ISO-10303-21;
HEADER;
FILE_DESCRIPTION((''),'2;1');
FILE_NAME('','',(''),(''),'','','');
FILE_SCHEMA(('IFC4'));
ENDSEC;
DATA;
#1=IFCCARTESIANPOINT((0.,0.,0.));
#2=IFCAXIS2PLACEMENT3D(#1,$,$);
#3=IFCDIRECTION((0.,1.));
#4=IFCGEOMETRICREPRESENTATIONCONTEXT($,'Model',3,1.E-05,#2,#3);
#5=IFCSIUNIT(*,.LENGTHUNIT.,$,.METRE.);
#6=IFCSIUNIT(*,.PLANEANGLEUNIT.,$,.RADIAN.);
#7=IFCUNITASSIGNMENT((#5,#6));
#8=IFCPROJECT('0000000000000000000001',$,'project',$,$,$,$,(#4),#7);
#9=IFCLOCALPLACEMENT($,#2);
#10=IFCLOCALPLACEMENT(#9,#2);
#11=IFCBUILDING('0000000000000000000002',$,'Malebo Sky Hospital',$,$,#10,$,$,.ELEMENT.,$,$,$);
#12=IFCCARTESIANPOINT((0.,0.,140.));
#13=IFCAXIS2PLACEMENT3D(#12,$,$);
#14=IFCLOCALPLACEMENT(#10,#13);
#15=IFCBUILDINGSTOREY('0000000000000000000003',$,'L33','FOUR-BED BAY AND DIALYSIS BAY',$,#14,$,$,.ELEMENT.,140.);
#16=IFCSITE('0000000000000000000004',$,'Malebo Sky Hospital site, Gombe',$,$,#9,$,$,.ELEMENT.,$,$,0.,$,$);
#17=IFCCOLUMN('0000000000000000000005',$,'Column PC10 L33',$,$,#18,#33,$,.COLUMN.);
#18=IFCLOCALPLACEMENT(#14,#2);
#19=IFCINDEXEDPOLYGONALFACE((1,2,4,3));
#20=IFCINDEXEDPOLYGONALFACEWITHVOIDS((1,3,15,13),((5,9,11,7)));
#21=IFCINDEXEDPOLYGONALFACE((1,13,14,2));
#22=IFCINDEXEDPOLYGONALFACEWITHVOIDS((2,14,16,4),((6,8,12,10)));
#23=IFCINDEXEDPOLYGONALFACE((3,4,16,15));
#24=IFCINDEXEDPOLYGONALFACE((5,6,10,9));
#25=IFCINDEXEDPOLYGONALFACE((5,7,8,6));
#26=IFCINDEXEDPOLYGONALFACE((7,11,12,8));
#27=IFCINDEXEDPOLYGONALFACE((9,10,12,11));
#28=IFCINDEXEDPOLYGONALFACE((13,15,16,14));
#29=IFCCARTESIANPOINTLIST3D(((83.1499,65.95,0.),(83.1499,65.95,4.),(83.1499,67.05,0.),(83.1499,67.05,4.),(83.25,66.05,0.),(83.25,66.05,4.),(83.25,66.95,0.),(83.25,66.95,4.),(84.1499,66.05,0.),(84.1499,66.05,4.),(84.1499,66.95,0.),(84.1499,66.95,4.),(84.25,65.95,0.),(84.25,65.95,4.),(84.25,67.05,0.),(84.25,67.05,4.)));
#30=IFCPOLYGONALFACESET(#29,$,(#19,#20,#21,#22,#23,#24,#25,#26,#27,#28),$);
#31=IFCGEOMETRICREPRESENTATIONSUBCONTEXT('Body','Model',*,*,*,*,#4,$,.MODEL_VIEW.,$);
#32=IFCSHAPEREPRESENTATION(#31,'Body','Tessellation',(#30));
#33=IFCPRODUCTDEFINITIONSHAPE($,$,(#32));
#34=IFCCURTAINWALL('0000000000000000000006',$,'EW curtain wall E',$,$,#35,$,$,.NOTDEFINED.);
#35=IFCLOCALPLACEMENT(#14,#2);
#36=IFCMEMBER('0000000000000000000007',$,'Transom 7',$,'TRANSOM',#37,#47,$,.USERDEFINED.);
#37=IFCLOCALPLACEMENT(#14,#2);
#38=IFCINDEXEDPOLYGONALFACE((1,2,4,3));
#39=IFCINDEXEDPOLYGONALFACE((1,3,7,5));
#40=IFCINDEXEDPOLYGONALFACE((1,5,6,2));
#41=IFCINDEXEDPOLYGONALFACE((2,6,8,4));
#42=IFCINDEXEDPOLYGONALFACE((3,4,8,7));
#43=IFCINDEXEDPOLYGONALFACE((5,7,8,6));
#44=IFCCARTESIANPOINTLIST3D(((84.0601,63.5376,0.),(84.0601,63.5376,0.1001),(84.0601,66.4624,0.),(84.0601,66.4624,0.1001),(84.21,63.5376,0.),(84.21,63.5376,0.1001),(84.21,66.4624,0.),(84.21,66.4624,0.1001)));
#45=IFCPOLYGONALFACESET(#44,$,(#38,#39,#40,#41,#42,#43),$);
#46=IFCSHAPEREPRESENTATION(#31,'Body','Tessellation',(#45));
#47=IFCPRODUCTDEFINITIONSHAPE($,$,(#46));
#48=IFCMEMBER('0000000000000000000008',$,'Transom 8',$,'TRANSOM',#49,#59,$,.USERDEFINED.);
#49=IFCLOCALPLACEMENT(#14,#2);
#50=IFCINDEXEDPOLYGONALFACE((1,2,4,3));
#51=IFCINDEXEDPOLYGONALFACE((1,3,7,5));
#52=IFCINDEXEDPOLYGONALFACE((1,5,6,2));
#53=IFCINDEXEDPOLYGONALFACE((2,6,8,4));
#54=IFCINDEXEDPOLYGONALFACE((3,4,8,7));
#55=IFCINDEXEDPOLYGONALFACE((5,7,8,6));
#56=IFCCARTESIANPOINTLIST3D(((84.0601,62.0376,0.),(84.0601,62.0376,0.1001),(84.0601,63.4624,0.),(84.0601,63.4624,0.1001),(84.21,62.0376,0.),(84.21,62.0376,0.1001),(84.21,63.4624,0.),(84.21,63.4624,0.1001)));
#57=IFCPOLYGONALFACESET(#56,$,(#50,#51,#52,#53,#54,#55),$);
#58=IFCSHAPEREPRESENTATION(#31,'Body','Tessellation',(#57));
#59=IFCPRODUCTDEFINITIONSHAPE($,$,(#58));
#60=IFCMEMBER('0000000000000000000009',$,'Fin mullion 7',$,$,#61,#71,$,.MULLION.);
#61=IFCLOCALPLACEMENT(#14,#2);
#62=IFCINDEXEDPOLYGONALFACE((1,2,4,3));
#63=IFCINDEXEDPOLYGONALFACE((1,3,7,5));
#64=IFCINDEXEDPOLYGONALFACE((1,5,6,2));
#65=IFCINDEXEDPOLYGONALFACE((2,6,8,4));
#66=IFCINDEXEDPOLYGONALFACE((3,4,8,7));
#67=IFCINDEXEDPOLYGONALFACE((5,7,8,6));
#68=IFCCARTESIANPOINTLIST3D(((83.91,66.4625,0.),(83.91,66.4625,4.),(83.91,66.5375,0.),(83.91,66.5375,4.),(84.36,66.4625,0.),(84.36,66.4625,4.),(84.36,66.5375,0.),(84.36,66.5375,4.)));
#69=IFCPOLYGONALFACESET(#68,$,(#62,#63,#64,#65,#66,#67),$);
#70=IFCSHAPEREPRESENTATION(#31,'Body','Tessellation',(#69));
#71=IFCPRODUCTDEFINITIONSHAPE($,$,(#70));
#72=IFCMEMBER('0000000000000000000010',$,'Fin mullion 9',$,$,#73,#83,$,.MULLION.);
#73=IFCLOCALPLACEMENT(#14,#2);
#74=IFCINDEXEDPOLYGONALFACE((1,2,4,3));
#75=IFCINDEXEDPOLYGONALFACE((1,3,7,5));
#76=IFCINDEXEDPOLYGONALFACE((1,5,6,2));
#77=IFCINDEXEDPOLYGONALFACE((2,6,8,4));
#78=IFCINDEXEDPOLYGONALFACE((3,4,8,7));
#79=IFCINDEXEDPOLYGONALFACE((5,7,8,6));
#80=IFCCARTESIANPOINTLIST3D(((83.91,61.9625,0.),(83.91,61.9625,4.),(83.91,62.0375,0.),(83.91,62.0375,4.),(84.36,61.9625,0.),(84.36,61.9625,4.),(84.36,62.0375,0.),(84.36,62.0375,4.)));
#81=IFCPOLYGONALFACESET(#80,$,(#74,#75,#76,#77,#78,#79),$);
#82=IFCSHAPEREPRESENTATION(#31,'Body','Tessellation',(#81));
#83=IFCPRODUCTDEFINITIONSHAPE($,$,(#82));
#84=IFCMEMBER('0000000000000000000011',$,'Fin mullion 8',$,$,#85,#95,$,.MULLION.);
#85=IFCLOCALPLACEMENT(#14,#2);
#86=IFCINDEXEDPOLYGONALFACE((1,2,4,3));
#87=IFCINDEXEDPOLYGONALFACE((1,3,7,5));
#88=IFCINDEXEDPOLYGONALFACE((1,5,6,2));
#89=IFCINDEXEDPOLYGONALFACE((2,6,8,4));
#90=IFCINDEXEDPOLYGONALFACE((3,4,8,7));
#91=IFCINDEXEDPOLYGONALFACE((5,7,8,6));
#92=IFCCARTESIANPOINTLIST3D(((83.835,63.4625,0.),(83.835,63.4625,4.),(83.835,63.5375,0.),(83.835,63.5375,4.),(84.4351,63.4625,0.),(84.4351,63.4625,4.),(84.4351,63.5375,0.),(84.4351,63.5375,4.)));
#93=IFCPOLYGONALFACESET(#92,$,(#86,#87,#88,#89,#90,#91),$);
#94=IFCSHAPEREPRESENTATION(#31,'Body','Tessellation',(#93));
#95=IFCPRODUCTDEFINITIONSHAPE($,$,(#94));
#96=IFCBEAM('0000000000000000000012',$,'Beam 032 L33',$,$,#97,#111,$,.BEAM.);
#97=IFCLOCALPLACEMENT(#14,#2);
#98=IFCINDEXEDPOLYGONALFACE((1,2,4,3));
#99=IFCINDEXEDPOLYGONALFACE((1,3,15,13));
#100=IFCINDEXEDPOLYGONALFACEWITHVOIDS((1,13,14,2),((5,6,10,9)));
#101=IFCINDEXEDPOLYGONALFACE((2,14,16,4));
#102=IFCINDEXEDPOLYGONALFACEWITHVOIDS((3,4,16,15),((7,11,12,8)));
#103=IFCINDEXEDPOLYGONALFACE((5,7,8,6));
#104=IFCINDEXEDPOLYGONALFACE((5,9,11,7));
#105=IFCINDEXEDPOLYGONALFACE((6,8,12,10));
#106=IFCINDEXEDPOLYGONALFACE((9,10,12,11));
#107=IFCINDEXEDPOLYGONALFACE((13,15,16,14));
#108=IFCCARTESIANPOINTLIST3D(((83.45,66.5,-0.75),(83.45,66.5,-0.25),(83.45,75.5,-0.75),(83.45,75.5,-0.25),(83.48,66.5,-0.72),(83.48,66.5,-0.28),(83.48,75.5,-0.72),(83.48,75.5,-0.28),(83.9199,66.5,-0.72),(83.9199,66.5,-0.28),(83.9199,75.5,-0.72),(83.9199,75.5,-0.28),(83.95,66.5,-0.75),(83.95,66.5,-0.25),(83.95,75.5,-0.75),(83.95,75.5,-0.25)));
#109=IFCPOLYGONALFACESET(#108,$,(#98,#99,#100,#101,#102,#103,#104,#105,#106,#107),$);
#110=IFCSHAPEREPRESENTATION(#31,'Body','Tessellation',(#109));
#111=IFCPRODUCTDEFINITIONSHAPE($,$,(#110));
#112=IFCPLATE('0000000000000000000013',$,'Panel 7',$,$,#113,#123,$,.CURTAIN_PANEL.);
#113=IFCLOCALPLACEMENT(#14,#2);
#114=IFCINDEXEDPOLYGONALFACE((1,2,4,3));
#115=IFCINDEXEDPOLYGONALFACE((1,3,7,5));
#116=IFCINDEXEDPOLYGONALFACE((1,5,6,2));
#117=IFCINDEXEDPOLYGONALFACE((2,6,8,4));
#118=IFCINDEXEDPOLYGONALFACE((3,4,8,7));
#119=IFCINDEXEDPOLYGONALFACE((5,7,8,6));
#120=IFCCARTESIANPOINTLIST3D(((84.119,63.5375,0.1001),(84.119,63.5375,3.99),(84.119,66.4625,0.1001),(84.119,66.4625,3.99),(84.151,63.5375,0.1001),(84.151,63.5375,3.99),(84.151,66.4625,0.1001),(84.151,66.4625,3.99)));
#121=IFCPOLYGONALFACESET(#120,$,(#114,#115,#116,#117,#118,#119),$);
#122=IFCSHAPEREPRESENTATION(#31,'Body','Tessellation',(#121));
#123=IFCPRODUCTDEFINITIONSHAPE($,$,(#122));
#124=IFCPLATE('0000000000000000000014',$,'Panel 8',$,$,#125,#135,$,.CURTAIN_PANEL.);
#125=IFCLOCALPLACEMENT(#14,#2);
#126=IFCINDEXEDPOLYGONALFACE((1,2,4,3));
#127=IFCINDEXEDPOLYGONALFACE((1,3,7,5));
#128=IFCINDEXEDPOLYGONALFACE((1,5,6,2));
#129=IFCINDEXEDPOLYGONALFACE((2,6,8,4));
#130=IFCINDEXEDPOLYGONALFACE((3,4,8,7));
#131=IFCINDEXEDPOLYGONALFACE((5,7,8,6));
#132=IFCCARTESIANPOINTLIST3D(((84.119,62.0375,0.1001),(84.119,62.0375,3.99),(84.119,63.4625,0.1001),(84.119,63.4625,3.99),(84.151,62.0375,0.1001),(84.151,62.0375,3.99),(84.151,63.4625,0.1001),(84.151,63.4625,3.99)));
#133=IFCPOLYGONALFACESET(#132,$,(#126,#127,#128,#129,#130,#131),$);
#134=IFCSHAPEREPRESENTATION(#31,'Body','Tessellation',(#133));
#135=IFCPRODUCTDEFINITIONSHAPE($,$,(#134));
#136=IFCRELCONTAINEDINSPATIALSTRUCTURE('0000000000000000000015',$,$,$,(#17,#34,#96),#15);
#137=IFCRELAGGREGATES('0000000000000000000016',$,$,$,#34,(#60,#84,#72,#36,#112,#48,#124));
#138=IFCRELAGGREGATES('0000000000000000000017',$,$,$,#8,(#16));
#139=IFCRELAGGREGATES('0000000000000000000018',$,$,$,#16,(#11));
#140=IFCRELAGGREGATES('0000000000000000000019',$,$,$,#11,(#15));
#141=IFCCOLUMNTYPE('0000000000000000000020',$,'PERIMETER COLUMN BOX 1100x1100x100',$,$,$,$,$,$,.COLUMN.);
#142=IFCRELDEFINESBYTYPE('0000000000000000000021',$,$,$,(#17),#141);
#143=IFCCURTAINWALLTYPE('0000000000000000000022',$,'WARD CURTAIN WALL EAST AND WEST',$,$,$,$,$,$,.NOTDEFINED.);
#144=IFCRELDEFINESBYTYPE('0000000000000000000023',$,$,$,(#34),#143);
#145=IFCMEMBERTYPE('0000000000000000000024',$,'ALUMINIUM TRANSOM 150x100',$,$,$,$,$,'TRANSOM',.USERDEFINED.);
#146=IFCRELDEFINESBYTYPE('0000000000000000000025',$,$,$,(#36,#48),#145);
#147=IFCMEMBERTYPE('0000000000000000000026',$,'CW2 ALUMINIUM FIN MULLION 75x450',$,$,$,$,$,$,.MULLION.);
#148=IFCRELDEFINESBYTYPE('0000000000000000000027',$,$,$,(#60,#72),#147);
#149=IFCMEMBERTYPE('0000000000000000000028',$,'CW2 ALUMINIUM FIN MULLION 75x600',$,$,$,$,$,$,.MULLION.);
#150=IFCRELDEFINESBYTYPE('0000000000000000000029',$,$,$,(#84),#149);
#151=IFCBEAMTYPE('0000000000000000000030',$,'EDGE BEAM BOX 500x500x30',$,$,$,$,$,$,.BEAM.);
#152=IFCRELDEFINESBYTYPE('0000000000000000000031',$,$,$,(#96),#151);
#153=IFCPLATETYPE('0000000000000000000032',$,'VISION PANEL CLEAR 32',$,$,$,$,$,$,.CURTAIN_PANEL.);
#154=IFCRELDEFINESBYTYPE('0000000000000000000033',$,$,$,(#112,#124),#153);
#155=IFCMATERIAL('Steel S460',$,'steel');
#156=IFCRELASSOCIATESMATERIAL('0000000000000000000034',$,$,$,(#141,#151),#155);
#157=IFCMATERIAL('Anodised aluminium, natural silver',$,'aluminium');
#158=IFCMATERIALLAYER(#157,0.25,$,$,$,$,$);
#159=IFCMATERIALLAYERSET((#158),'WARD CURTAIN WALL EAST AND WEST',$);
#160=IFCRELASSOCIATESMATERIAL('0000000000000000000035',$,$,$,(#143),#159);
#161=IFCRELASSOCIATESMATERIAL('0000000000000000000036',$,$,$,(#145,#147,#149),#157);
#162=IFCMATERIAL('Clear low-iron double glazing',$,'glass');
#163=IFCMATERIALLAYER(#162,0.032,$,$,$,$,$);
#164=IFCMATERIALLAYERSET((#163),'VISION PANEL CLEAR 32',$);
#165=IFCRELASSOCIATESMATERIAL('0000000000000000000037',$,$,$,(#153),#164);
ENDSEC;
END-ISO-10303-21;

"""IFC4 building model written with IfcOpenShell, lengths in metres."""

from ifc_helpers import new_model, si_unit, direction, frame, origin, origin_2d, place, context, subcontext, project, spatial, rectangle, hollow_rectangle, extrude, material, layer, layer_set, material_profile, profile_set, type_object, element, aggregate, save


model = new_model("IFC4")

# Units and contexts
model_context = context("Model", 3, precision=1e-05, world=origin(), true_north=direction((0.0, 1.0)))
body_context = subcontext(model_context, "Body", "Model", "MODEL_VIEW")
ifc_project = project(units=[si_unit("LENGTHUNIT", "METRE"), si_unit("PLANEANGLEUNIT", "RADIAN")], contexts=[model_context])

# Site, building, storey
site_placement = place(None, origin())
site = spatial("IfcSite", under=ifc_project, at=site_placement, Name="Malebo Sky Hospital site, Gombe", CompositionType="ELEMENT", RefElevation=0.0)
building_placement = place(site_placement, origin())
building = spatial("IfcBuilding", under=site, at=building_placement, Name="Malebo Sky Hospital", CompositionType="ELEMENT")
storey_placement = place(building_placement, frame((0.0, 0.0, 140.0)))
storey = spatial("IfcBuildingStorey", under=building, at=storey_placement, Name="L33", Description="FOUR-BED BAY AND DIALYSIS BAY", CompositionType="ELEMENT", Elevation=140.0)

# Column
ifc_material_1 = material(Name="Steel S460", Category="steel")
ifc_material_profile_1 = material_profile(ifc_material_1, hollow_rectangle(XDim=1.1001, YDim=1.1001, WallThickness=0.1001, at=origin_2d()), Name="BOX 1100x1100x100")
ifc_profile_set_1 = profile_set([ifc_material_profile_1], Name="Steel S460")
column_type = type_object("IfcColumnType", Name="PERIMETER COLUMN BOX 1100x1100x100", PredefinedType="COLUMN", material=ifc_profile_set_1)
column_placement = place(storey_placement, frame((83.7, 66.5, 0.0), z_axis=(0.0, 0.0, 1.0), x_axis=(1.0, 0.0, 0.0)))
element("IfcColumn", 1, at=column_placement, inside=storey, type_object=column_type, Name="Column PC10 L33", PredefinedType="COLUMN", context=body_context, shape_type="SweptSolid", body=[
    extrude(hollow_rectangle(XDim=1.1001, YDim=1.1001, WallThickness=0.1001, at=origin_2d()), origin(), (0.0, 0.0, 1.0), 4.0),
])

# Curtain wall, members
ifc_material_2 = material(Name="Anodised aluminium, natural silver", Category="aluminium")
ifc_layer_1 = layer(ifc_material_2, 0.25)
ifc_layer_set_1 = layer_set([ifc_layer_1], Name="WARD CURTAIN WALL EAST AND WEST")
curtain_wall_type = type_object("IfcCurtainWallType", Name="WARD CURTAIN WALL EAST AND WEST", PredefinedType="NOTDEFINED", material=ifc_layer_set_1)
curtain_wall_placement = place(storey_placement, origin())
curtain_wall = element("IfcCurtainWall", 2, at=curtain_wall_placement, inside=storey, type_object=curtain_wall_type, Name="EW curtain wall E", PredefinedType="NOTDEFINED")
ifc_material_profile_2 = material_profile(ifc_material_2, rectangle(XDim=0.1499, YDim=0.1001, at=origin_2d()), Name="ALUMINIUM TRANSOM 150x100")
ifc_profile_set_2 = profile_set([ifc_material_profile_2], Name="Anodised aluminium, natural silver")
member_type_1 = type_object("IfcMemberType", Name="ALUMINIUM TRANSOM 150x100", ElementType="TRANSOM", PredefinedType="USERDEFINED", material=ifc_profile_set_2)
member_1_placement = place(storey_placement, frame((84.135, 66.4624, 0.05), z_axis=(0.0, -1.0, 0.0), x_axis=(1.0, 0.0, 0.0)))
member_1 = element("IfcMember", 3, at=member_1_placement, type_object=member_type_1, Name="Transom 7", ObjectType="TRANSOM", PredefinedType="USERDEFINED", context=body_context, shape_type="SweptSolid", body=[
    extrude(rectangle(XDim=0.1499, YDim=0.1001, at=origin_2d()), origin(), (0.0, 0.0, 1.0), 2.9248),
])
member_2_placement = place(storey_placement, frame((84.135, 63.4624, 0.05), z_axis=(0.0, -1.0, 0.0), x_axis=(1.0, 0.0, 0.0)))
member_2 = element("IfcMember", 4, at=member_2_placement, type_object=member_type_1, Name="Transom 8", ObjectType="TRANSOM", PredefinedType="USERDEFINED", context=body_context, shape_type="SweptSolid", body=[
    extrude(rectangle(XDim=0.1499, YDim=0.1001, at=origin_2d()), origin(), (0.0, 0.0, 1.0), 1.4248),
])
ifc_material_profile_3 = material_profile(ifc_material_2, rectangle(XDim=0.075, YDim=0.45, at=origin_2d()), Name="CW2 ALUMINIUM FIN MULLION 75x450")
ifc_profile_set_3 = profile_set([ifc_material_profile_3], Name="Anodised aluminium, natural silver")
member_type_2 = type_object("IfcMemberType", Name="CW2 ALUMINIUM FIN MULLION 75x450", PredefinedType="MULLION", material=ifc_profile_set_3)
member_3_placement = place(storey_placement, frame((84.135, 66.5, 0.0), z_axis=(0.0, 0.0, 1.0), x_axis=(0.0, -1.0, 0.0)))
member_3 = element("IfcMember", 5, at=member_3_placement, type_object=member_type_2, Name="Fin mullion 7", PredefinedType="MULLION", context=body_context, shape_type="SweptSolid", body=[
    extrude(rectangle(XDim=0.075, YDim=0.45, at=origin_2d()), origin(), (0.0, 0.0, 1.0), 4.0),
])
member_4_placement = place(storey_placement, frame((84.135, 62.0, 0.0), z_axis=(0.0, 0.0, 1.0), x_axis=(0.0, -1.0, 0.0)))
member_4 = element("IfcMember", 6, at=member_4_placement, type_object=member_type_2, Name="Fin mullion 9", PredefinedType="MULLION", context=body_context, shape_type="SweptSolid", body=[
    extrude(rectangle(XDim=0.075, YDim=0.45, at=origin_2d()), origin(), (0.0, 0.0, 1.0), 4.0),
])
ifc_material_profile_4 = material_profile(ifc_material_2, rectangle(XDim=0.075, YDim=0.6001, at=origin_2d()), Name="CW2 ALUMINIUM FIN MULLION 75x600")
ifc_profile_set_4 = profile_set([ifc_material_profile_4], Name="Anodised aluminium, natural silver")
member_type_3 = type_object("IfcMemberType", Name="CW2 ALUMINIUM FIN MULLION 75x600", PredefinedType="MULLION", material=ifc_profile_set_4)
member_5_placement = place(storey_placement, frame((84.135, 63.5, 0.0), z_axis=(0.0, 0.0, 1.0), x_axis=(0.0, -1.0, 0.0)))
member_5 = element("IfcMember", 7, at=member_5_placement, type_object=member_type_3, Name="Fin mullion 8", PredefinedType="MULLION", context=body_context, shape_type="SweptSolid", body=[
    extrude(rectangle(XDim=0.075, YDim=0.6001, at=origin_2d()), origin(), (0.0, 0.0, 1.0), 4.0),
])

# Beam
ifc_material_profile_5 = material_profile(ifc_material_1, hollow_rectangle(XDim=0.5, YDim=0.5, WallThickness=0.03, at=origin_2d()), Name="BOX 500x500x30")
ifc_profile_set_5 = profile_set([ifc_material_profile_5], Name="Steel S460")
beam_type = type_object("IfcBeamType", Name="EDGE BEAM BOX 500x500x30", PredefinedType="BEAM", material=ifc_profile_set_5)
beam_placement = place(storey_placement, frame((83.7, 66.5, -0.5), z_axis=(0.0, 1.0, 0.0), x_axis=(-1.0, 0.0, 0.0)))
element("IfcBeam", 8, at=beam_placement, inside=storey, type_object=beam_type, Name="Beam 032 L33", PredefinedType="BEAM", context=body_context, shape_type="SweptSolid", body=[
    extrude(hollow_rectangle(XDim=0.5, YDim=0.5, WallThickness=0.03, at=origin_2d()), origin(), (0.0, 0.0, 1.0), 9.0),
])

# Plates
ifc_material_3 = material(Name="Clear low-iron double glazing", Category="glass")
ifc_layer_2 = layer(ifc_material_3, 0.032)
ifc_layer_set_2 = layer_set([ifc_layer_2], Name="VISION PANEL CLEAR 32")
plate_type = type_object("IfcPlateType", Name="VISION PANEL CLEAR 32", PredefinedType="CURTAIN_PANEL", material=ifc_layer_set_2)
plate_1_placement = place(storey_placement, frame((84.135, 65.0, 0.1001), z_axis=(0.0, 0.0, 1.0), x_axis=(0.0, -1.0, 0.0)))
plate_1 = element("IfcPlate", 9, at=plate_1_placement, type_object=plate_type, Name="Panel 7", PredefinedType="CURTAIN_PANEL", context=body_context, shape_type="SweptSolid", body=[
    extrude(rectangle(XDim=2.925, YDim=0.032, at=origin_2d()), origin(), (0.0, 0.0, 1.0), 3.8899),
])
plate_2_placement = place(storey_placement, frame((84.135, 62.75, 0.1001), z_axis=(0.0, 0.0, 1.0), x_axis=(0.0, -1.0, 0.0)))
plate_2 = element("IfcPlate", 10, at=plate_2_placement, type_object=plate_type, Name="Panel 8", PredefinedType="CURTAIN_PANEL", context=body_context, shape_type="SweptSolid", body=[
    extrude(rectangle(XDim=1.425, YDim=0.032, at=origin_2d()), origin(), (0.0, 0.0, 1.0), 3.8899),
])
aggregate(curtain_wall, [member_3, member_5, member_4, member_1, plate_1, member_2, plate_2])

save(model, "model.ifc")
